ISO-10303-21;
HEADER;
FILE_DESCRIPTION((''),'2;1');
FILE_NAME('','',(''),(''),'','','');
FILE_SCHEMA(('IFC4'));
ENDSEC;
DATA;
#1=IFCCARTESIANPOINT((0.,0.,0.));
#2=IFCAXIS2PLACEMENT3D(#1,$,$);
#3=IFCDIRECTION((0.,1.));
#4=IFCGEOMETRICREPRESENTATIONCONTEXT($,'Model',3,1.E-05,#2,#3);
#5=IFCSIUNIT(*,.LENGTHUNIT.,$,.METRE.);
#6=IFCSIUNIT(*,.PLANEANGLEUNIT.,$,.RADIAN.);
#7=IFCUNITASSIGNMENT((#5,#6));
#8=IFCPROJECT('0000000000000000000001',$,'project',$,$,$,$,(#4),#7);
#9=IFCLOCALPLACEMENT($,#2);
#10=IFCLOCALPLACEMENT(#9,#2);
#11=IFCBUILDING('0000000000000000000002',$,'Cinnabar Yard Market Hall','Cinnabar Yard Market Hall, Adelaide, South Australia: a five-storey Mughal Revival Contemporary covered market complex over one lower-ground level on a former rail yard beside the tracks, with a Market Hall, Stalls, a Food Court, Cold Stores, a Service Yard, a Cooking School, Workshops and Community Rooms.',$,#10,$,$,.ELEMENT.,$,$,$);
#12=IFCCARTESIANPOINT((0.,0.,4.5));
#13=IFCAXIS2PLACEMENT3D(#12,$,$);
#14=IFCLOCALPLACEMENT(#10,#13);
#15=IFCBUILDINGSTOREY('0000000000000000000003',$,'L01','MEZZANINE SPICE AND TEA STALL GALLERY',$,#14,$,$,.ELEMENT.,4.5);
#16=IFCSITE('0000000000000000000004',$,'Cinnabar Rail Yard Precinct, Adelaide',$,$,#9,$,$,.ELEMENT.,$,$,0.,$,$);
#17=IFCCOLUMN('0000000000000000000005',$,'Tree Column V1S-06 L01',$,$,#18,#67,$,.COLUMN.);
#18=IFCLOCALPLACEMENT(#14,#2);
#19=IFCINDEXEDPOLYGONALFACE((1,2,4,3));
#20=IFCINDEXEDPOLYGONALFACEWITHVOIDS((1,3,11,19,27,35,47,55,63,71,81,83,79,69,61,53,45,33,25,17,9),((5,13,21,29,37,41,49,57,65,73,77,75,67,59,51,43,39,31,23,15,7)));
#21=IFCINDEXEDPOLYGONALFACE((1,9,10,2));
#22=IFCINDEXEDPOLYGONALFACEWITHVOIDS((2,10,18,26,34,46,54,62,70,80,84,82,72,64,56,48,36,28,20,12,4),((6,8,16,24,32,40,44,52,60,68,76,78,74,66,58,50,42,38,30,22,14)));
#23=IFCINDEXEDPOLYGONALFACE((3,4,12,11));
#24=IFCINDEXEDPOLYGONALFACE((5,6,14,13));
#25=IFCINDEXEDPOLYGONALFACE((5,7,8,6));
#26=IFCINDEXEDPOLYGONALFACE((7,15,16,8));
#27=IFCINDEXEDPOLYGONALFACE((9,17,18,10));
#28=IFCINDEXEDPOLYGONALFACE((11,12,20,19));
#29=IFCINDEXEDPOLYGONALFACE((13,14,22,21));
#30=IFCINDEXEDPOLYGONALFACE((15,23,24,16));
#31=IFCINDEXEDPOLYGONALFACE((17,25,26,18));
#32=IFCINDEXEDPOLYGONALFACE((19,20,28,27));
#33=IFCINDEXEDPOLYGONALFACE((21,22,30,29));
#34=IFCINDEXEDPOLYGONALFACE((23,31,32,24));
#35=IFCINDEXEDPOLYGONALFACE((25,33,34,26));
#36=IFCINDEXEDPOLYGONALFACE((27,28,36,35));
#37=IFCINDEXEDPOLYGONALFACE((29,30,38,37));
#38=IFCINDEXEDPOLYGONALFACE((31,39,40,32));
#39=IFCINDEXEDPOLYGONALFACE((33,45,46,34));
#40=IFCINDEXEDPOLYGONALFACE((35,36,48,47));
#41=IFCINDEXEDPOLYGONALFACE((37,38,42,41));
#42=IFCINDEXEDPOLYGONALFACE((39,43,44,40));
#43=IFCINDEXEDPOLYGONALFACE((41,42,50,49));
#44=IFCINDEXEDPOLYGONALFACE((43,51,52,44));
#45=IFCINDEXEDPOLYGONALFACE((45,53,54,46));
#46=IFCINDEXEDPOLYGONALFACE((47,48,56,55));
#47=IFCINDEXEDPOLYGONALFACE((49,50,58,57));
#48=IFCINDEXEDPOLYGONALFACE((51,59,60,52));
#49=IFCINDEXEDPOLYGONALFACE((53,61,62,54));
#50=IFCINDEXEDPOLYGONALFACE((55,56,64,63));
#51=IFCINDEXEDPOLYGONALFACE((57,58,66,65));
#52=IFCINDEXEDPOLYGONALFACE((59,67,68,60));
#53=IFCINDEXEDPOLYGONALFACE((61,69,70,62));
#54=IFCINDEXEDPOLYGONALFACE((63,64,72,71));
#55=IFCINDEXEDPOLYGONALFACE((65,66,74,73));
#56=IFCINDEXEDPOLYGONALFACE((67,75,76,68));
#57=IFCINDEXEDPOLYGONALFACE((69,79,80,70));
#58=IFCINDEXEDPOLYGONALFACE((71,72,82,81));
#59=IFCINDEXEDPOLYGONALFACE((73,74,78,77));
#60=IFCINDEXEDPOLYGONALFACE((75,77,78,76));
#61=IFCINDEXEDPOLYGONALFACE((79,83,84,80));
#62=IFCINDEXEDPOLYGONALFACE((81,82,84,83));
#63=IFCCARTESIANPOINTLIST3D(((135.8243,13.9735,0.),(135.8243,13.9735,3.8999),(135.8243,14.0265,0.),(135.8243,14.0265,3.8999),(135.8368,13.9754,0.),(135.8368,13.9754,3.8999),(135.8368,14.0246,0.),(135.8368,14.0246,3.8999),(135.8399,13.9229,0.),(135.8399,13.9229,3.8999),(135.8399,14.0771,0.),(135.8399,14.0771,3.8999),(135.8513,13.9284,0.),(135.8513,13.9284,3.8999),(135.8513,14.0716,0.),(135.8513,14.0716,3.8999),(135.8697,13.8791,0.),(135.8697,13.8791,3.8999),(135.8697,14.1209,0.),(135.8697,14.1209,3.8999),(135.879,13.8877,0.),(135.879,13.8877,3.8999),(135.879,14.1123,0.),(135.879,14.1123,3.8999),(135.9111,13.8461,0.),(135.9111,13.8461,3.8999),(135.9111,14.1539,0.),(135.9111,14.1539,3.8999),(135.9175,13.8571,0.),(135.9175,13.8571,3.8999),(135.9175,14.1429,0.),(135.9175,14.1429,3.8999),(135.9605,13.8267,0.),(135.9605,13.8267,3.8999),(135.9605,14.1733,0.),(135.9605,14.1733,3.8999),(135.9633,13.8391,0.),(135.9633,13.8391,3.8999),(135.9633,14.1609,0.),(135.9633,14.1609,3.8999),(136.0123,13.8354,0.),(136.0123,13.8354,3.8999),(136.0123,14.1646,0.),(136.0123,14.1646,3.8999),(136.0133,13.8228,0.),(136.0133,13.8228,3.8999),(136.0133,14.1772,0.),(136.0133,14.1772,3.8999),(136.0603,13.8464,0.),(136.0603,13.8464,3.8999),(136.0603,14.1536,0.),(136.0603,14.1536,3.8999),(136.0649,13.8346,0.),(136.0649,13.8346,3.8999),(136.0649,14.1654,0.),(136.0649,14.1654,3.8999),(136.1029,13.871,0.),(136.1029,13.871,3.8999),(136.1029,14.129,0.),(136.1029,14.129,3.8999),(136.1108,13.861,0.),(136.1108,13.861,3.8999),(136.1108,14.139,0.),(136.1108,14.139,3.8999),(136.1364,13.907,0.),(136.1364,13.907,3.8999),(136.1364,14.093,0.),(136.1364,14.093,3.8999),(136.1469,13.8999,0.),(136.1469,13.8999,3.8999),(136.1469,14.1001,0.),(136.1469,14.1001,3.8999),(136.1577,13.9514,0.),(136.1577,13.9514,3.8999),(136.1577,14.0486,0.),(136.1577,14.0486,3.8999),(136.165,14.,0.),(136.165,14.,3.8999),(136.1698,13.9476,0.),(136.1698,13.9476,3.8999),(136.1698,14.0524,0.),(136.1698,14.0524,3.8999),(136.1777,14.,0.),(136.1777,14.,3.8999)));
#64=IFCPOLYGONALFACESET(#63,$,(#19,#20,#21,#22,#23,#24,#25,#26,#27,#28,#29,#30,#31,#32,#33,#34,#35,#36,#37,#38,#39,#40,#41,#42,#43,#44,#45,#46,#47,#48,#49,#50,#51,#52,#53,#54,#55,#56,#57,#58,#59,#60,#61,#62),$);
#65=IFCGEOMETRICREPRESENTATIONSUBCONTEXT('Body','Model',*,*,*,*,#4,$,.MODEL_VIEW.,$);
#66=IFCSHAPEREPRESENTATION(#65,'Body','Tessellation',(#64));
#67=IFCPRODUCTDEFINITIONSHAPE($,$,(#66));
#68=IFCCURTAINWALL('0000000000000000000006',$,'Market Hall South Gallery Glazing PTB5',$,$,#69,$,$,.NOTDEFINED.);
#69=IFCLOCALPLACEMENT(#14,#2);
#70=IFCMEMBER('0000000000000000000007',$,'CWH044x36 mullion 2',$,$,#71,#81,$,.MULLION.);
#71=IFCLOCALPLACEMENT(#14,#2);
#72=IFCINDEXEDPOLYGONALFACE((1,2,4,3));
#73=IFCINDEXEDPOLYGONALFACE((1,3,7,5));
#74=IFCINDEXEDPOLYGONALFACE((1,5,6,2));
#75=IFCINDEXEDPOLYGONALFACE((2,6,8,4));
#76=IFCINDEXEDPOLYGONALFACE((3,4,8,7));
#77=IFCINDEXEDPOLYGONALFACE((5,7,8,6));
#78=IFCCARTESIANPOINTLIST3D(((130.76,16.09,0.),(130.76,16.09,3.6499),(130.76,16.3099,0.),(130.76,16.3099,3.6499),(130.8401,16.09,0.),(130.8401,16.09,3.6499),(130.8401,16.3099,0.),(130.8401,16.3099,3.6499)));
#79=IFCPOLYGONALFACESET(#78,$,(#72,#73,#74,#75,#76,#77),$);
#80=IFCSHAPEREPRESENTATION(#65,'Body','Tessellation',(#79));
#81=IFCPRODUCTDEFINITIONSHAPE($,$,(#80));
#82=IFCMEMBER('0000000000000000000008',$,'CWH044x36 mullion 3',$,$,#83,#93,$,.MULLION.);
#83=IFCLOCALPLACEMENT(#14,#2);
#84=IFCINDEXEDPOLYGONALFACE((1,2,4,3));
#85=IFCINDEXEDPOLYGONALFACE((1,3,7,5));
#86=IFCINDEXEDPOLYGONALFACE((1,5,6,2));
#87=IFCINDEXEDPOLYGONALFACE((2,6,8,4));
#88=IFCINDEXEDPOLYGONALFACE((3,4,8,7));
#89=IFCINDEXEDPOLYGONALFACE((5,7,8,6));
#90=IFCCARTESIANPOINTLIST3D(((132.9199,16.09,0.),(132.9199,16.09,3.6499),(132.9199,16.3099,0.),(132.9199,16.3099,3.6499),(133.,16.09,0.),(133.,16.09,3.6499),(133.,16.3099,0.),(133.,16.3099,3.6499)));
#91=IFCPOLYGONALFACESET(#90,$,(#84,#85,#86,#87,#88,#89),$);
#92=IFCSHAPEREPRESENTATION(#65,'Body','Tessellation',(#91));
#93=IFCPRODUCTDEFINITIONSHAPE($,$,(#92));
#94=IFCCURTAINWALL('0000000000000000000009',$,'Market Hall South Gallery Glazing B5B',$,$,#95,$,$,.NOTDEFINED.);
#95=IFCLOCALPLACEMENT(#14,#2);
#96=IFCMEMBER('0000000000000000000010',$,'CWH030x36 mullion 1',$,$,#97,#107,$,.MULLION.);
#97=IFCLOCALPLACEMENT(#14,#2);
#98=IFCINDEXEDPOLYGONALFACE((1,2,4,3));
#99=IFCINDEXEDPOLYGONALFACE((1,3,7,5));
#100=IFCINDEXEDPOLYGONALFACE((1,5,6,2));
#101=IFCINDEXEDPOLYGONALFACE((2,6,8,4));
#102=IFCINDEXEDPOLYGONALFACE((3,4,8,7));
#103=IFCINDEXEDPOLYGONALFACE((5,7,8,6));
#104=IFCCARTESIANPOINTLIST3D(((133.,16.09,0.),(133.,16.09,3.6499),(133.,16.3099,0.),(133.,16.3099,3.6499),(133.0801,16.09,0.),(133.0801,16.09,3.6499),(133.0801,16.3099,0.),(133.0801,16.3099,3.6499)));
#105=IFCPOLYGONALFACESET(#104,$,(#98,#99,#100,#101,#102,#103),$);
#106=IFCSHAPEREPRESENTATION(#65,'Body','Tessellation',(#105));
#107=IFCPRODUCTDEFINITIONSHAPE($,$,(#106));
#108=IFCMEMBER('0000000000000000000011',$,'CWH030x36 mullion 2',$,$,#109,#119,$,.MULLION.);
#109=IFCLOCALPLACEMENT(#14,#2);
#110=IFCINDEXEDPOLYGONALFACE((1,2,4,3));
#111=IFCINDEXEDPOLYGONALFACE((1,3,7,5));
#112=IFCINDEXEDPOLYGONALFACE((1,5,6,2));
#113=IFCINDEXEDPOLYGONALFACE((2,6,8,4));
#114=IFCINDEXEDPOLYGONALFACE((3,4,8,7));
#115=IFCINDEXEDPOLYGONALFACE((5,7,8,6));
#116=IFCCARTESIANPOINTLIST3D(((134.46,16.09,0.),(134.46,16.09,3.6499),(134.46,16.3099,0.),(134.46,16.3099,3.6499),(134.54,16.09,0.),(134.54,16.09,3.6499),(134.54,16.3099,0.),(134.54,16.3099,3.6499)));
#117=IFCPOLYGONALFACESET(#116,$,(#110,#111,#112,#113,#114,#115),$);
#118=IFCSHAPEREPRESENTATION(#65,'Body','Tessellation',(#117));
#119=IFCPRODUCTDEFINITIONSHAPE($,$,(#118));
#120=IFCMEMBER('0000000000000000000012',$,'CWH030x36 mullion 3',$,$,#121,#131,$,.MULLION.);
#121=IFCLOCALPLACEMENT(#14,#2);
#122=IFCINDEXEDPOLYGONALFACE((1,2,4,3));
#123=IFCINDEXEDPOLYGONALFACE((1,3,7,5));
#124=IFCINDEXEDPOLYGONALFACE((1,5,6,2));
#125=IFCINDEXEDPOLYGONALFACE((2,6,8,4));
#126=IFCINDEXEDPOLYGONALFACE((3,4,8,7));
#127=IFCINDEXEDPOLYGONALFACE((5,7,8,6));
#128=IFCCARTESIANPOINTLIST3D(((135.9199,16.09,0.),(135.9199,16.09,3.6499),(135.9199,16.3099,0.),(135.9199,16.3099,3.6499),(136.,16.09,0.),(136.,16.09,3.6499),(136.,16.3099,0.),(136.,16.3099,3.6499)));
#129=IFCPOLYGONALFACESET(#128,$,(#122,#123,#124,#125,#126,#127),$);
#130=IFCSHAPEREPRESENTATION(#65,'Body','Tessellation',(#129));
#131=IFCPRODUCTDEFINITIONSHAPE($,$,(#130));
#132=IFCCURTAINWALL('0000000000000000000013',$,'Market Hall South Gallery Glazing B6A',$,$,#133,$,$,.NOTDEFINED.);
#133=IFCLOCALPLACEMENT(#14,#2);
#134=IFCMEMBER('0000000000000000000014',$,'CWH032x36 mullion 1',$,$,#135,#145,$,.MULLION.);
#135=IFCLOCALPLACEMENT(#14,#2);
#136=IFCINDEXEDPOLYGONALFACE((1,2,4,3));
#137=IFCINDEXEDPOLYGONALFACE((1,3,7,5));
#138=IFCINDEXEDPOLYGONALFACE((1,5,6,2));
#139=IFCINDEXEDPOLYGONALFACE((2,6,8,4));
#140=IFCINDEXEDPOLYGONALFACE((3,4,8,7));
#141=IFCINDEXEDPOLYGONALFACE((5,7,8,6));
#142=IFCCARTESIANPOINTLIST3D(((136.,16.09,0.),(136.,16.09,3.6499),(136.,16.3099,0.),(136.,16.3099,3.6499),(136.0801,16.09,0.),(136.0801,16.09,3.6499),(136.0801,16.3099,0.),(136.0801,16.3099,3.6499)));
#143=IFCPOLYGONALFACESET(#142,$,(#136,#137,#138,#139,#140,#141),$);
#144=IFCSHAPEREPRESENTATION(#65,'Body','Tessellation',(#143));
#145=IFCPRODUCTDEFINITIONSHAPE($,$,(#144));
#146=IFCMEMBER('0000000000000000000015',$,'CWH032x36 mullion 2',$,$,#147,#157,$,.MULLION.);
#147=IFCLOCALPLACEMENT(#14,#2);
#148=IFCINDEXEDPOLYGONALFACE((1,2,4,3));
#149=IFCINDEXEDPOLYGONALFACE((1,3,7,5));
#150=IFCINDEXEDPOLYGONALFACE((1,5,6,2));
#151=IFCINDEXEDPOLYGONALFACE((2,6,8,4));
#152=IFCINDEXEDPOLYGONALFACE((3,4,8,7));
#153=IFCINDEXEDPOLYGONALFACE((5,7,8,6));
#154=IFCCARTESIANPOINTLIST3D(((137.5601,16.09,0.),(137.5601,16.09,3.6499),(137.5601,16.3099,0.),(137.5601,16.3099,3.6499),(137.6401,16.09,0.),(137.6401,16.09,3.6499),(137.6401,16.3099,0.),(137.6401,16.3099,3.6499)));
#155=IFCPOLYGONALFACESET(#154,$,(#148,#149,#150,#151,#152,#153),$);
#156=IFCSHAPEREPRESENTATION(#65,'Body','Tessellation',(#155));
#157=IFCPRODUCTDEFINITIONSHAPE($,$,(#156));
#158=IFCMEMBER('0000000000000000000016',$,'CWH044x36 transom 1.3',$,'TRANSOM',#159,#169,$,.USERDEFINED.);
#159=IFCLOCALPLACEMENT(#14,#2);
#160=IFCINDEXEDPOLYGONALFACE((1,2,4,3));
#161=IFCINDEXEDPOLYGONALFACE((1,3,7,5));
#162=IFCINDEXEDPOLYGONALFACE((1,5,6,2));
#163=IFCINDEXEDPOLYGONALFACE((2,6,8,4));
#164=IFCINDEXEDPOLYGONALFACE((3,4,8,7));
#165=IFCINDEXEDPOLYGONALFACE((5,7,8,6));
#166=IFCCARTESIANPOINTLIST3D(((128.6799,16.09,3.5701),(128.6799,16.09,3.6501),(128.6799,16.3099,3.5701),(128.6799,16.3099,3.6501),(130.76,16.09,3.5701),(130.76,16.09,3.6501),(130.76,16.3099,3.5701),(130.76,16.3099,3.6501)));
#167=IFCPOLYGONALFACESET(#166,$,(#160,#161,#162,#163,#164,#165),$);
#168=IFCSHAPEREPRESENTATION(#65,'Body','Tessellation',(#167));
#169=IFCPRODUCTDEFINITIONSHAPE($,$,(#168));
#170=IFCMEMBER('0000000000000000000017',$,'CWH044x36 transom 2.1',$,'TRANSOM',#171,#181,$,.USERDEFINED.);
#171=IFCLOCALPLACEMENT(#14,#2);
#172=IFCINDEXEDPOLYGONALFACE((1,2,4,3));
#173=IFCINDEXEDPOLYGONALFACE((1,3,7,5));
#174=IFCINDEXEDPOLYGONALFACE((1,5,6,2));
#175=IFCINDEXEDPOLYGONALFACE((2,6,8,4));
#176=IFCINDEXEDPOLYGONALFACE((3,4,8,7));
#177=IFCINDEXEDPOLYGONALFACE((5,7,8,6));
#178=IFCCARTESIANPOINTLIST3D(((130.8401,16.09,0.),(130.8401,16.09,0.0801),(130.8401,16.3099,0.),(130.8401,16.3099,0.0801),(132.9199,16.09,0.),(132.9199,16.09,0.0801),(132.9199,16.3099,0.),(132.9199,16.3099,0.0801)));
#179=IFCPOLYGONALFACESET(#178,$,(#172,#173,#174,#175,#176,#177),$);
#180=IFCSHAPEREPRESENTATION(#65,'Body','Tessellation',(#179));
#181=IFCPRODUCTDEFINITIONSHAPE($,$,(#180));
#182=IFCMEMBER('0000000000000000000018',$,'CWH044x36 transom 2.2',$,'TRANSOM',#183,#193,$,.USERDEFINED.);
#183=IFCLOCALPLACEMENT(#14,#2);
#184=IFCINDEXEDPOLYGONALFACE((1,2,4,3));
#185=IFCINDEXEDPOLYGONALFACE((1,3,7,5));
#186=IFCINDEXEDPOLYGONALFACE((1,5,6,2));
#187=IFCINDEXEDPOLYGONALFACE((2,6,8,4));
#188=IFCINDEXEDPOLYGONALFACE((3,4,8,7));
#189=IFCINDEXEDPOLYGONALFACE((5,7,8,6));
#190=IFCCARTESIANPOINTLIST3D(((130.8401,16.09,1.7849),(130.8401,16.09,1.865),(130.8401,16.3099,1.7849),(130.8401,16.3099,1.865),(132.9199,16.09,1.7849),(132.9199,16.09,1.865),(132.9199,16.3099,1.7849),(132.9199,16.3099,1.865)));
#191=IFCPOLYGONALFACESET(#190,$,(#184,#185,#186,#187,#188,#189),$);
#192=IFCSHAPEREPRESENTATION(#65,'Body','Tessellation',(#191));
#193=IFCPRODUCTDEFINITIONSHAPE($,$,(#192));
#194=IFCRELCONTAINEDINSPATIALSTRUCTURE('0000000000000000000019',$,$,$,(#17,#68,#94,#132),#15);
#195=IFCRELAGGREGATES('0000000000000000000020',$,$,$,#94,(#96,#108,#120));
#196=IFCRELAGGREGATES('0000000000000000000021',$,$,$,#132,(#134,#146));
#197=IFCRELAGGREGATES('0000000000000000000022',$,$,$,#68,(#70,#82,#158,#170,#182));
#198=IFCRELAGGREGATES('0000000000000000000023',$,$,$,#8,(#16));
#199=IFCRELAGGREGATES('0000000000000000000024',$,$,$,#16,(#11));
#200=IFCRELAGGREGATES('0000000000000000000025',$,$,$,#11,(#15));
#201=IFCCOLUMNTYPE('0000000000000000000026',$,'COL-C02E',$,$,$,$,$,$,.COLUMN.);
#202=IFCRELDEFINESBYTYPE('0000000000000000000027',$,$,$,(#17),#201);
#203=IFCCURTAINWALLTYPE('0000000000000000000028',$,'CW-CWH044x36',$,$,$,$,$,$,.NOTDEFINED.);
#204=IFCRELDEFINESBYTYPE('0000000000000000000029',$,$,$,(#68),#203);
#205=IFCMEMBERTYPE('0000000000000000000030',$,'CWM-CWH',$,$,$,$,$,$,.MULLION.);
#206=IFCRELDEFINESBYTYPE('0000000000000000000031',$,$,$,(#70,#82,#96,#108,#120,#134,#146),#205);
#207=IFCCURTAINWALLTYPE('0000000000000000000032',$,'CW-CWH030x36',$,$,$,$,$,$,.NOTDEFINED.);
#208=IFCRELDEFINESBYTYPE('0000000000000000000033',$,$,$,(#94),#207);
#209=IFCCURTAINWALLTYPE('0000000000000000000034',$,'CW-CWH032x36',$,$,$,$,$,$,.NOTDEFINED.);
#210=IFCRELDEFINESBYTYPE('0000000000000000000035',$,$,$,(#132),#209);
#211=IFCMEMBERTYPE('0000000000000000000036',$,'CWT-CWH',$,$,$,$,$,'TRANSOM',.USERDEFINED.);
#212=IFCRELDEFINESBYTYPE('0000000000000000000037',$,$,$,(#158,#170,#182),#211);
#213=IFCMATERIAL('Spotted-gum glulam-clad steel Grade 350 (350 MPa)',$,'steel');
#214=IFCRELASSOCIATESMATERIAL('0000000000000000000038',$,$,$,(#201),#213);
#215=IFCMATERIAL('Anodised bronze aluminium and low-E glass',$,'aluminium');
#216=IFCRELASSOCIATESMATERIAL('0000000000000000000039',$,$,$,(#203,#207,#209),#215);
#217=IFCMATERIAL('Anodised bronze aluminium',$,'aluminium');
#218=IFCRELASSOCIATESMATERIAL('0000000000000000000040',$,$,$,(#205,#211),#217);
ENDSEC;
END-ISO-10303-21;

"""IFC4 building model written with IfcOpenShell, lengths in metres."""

from ifc_helpers import new_model, si_unit, direction, frame, origin, origin_2d_with_axis, place, context, subcontext, project, spatial, rectangle, hollow_circle, extrude, material, material_profile, profile_set, type_object, element, aggregate, save


model = new_model("IFC4")

# Units and contexts
model_context = context("Model", 3, precision=1e-05, world=origin(), true_north=direction((0.0, 1.0)))
body_context = subcontext(model_context, "Body", "Model", "MODEL_VIEW")
ifc_project = project(units=[si_unit("LENGTHUNIT", "METRE"), si_unit("PLANEANGLEUNIT", "RADIAN")], contexts=[model_context])

# Site, building, storey
site_placement = place(None, origin())
site = spatial("IfcSite", under=ifc_project, at=site_placement, Name="Cinnabar Rail Yard Precinct, Adelaide", CompositionType="ELEMENT", RefElevation=0.0)
building_placement = place(site_placement, origin())
building = spatial("IfcBuilding", under=site, at=building_placement, Name="Cinnabar Yard Market Hall", Description="Cinnabar Yard Market Hall, Adelaide, South Australia: a five-storey Mughal Revival Contemporary covered market complex over one lower-ground level on a former rail yard beside the tracks, with a Market Hall, Stalls, a Food Court, Cold Stores, a Service Yard, a Cooking School, Workshops and Community Rooms.", CompositionType="ELEMENT")
storey_placement = place(building_placement, frame((0.0, 0.0, 4.5)))
storey = spatial("IfcBuildingStorey", under=building, at=storey_placement, Name="L01", Description="MEZZANINE SPICE AND TEA STALL GALLERY", CompositionType="ELEMENT", Elevation=4.5)

# Column
ifc_material_1 = material(Name="Spotted-gum glulam-clad steel Grade 350 (350 MPa)", Category="steel")
ifc_material_profile_1 = material_profile(ifc_material_1, hollow_circle(Radius=0.1777, WallThickness=0.0127, at=origin_2d_with_axis()), Name="355.6x12.7CHS")
ifc_profile_set_1 = profile_set([ifc_material_profile_1], Name="Spotted-gum glulam-clad steel Grade 350 (350 MPa)")
column_type = type_object("IfcColumnType", Name="COL-C02E", PredefinedType="COLUMN", material=ifc_profile_set_1)
column_placement = place(storey_placement, frame((136.0, 14.0, 0.0), z_axis=(0.0, 0.0, 1.0), x_axis=(1.0, 0.0, 0.0)))
element("IfcColumn", 1, at=column_placement, inside=storey, type_object=column_type, Name="Tree Column V1S-06 L01", PredefinedType="COLUMN", context=body_context, shape_type="SweptSolid", body=[
    extrude(hollow_circle(Radius=0.1777, WallThickness=0.0127, at=origin_2d_with_axis()), origin(), (0.0, 0.0, 1.0), 3.8999),
])

# Curtain walls, members
ifc_material_2 = material(Name="Anodised bronze aluminium and low-E glass", Category="aluminium")
curtain_wall_type_1 = type_object("IfcCurtainWallType", Name="CW-CWH044x36", PredefinedType="NOTDEFINED", material=ifc_material_2)
curtain_wall_1_placement = place(storey_placement, origin())
curtain_wall_1 = element("IfcCurtainWall", 2, at=curtain_wall_1_placement, inside=storey, type_object=curtain_wall_type_1, Name="Market Hall South Gallery Glazing PTB5", PredefinedType="NOTDEFINED")
ifc_material_3 = material(Name="Anodised bronze aluminium", Category="aluminium")
ifc_material_profile_2 = material_profile(ifc_material_3, rectangle(XDim=0.22, YDim=0.0801, at=origin_2d_with_axis()), Name="MUL-CWH")
ifc_profile_set_2 = profile_set([ifc_material_profile_2], Name="Anodised bronze aluminium")
member_type_1 = type_object("IfcMemberType", Name="CWM-CWH", PredefinedType="MULLION", material=ifc_profile_set_2)
member_1_placement = place(storey_placement, frame((130.8, 16.2, 0.0), z_axis=(0.0, 0.0, 1.0), x_axis=(0.0, 1.0, 0.0)))
member_1 = element("IfcMember", 3, at=member_1_placement, type_object=member_type_1, Name="CWH044x36 mullion 2", PredefinedType="MULLION", context=body_context, shape_type="SweptSolid", body=[
    extrude(rectangle(XDim=0.22, YDim=0.0801, at=origin_2d_with_axis()), origin(), (0.0, 0.0, 1.0), 3.6499),
])
member_2_placement = place(storey_placement, frame((132.96, 16.2, 0.0), z_axis=(0.0, 0.0, 1.0), x_axis=(0.0, 1.0, 0.0)))
member_2 = element("IfcMember", 4, at=member_2_placement, type_object=member_type_1, Name="CWH044x36 mullion 3", PredefinedType="MULLION", context=body_context, shape_type="SweptSolid", body=[
    extrude(rectangle(XDim=0.22, YDim=0.0801, at=origin_2d_with_axis()), origin(), (0.0, 0.0, 1.0), 3.6499),
])
curtain_wall_type_2 = type_object("IfcCurtainWallType", Name="CW-CWH030x36", PredefinedType="NOTDEFINED", material=ifc_material_2)
curtain_wall_2_placement = place(storey_placement, origin())
curtain_wall_2 = element("IfcCurtainWall", 5, at=curtain_wall_2_placement, inside=storey, type_object=curtain_wall_type_2, Name="Market Hall South Gallery Glazing B5B", PredefinedType="NOTDEFINED")
member_3_placement = place(storey_placement, frame((133.04, 16.2, 0.0), z_axis=(0.0, 0.0, 1.0), x_axis=(0.0, 1.0, 0.0)))
member_3 = element("IfcMember", 6, at=member_3_placement, type_object=member_type_1, Name="CWH030x36 mullion 1", PredefinedType="MULLION", context=body_context, shape_type="SweptSolid", body=[
    extrude(rectangle(XDim=0.22, YDim=0.0801, at=origin_2d_with_axis()), origin(), (0.0, 0.0, 1.0), 3.6499),
])
member_4_placement = place(storey_placement, frame((134.5, 16.2, 0.0), z_axis=(0.0, 0.0, 1.0), x_axis=(0.0, 1.0, 0.0)))
member_4 = element("IfcMember", 7, at=member_4_placement, type_object=member_type_1, Name="CWH030x36 mullion 2", PredefinedType="MULLION", context=body_context, shape_type="SweptSolid", body=[
    extrude(rectangle(XDim=0.22, YDim=0.0801, at=origin_2d_with_axis()), origin(), (0.0, 0.0, 1.0), 3.6499),
])
member_5_placement = place(storey_placement, frame((135.96, 16.2, 0.0), z_axis=(0.0, 0.0, 1.0), x_axis=(0.0, 1.0, 0.0)))
member_5 = element("IfcMember", 8, at=member_5_placement, type_object=member_type_1, Name="CWH030x36 mullion 3", PredefinedType="MULLION", context=body_context, shape_type="SweptSolid", body=[
    extrude(rectangle(XDim=0.22, YDim=0.0801, at=origin_2d_with_axis()), origin(), (0.0, 0.0, 1.0), 3.6499),
])
curtain_wall_type_3 = type_object("IfcCurtainWallType", Name="CW-CWH032x36", PredefinedType="NOTDEFINED", material=ifc_material_2)
curtain_wall_3_placement = place(storey_placement, origin())
curtain_wall_3 = element("IfcCurtainWall", 9, at=curtain_wall_3_placement, inside=storey, type_object=curtain_wall_type_3, Name="Market Hall South Gallery Glazing B6A", PredefinedType="NOTDEFINED")
member_6_placement = place(storey_placement, frame((136.04, 16.2, 0.0), z_axis=(0.0, 0.0, 1.0), x_axis=(0.0, 1.0, 0.0)))
member_6 = element("IfcMember", 10, at=member_6_placement, type_object=member_type_1, Name="CWH032x36 mullion 1", PredefinedType="MULLION", context=body_context, shape_type="SweptSolid", body=[
    extrude(rectangle(XDim=0.22, YDim=0.0801, at=origin_2d_with_axis()), origin(), (0.0, 0.0, 1.0), 3.6499),
])
member_7_placement = place(storey_placement, frame((137.6001, 16.2, 0.0), z_axis=(0.0, 0.0, 1.0), x_axis=(0.0, 1.0, 0.0)))
member_7 = element("IfcMember", 11, at=member_7_placement, type_object=member_type_1, Name="CWH032x36 mullion 2", PredefinedType="MULLION", context=body_context, shape_type="SweptSolid", body=[
    extrude(rectangle(XDim=0.22, YDim=0.0801, at=origin_2d_with_axis()), origin(), (0.0, 0.0, 1.0), 3.6499),
])

# Members
ifc_material_profile_3 = material_profile(ifc_material_3, rectangle(XDim=0.22, YDim=0.0801, at=origin_2d_with_axis()), Name="TRN-CWH")
ifc_profile_set_3 = profile_set([ifc_material_profile_3], Name="Anodised bronze aluminium")
member_type_2 = type_object("IfcMemberType", Name="CWT-CWH", ElementType="TRANSOM", PredefinedType="USERDEFINED", material=ifc_profile_set_3)
member_8_placement = place(storey_placement, frame((128.6799, 16.2, 3.6101), z_axis=(1.0, 0.0, 0.0), x_axis=(0.0, 1.0, 0.0)))
member_8 = element("IfcMember", 12, at=member_8_placement, type_object=member_type_2, Name="CWH044x36 transom 1.3", ObjectType="TRANSOM", PredefinedType="USERDEFINED", context=body_context, shape_type="SweptSolid", body=[
    extrude(rectangle(XDim=0.22, YDim=0.0801, at=origin_2d_with_axis()), origin(), (0.0, 0.0, 1.0), 2.0801),
])
member_9_placement = place(storey_placement, frame((130.8401, 16.2, 0.04), z_axis=(1.0, 0.0, 0.0), x_axis=(0.0, 1.0, 0.0)))
member_9 = element("IfcMember", 13, at=member_9_placement, type_object=member_type_2, Name="CWH044x36 transom 2.1", ObjectType="TRANSOM", PredefinedType="USERDEFINED", context=body_context, shape_type="SweptSolid", body=[
    extrude(rectangle(XDim=0.22, YDim=0.0801, at=origin_2d_with_axis()), origin(), (0.0, 0.0, 1.0), 2.0798),
])
member_10_placement = place(storey_placement, frame((130.8401, 16.2, 1.825), z_axis=(1.0, 0.0, 0.0), x_axis=(0.0, 1.0, 0.0)))
member_10 = element("IfcMember", 14, at=member_10_placement, type_object=member_type_2, Name="CWH044x36 transom 2.2", ObjectType="TRANSOM", PredefinedType="USERDEFINED", context=body_context, shape_type="SweptSolid", body=[
    extrude(rectangle(XDim=0.22, YDim=0.0801, at=origin_2d_with_axis()), origin(), (0.0, 0.0, 1.0), 2.0798),
])

aggregate(curtain_wall_2, [member_3, member_4, member_5])
aggregate(curtain_wall_3, [member_6, member_7])
aggregate(curtain_wall_1, [member_1, member_2, member_8, member_9, member_10])

save(model, "model.ifc")
